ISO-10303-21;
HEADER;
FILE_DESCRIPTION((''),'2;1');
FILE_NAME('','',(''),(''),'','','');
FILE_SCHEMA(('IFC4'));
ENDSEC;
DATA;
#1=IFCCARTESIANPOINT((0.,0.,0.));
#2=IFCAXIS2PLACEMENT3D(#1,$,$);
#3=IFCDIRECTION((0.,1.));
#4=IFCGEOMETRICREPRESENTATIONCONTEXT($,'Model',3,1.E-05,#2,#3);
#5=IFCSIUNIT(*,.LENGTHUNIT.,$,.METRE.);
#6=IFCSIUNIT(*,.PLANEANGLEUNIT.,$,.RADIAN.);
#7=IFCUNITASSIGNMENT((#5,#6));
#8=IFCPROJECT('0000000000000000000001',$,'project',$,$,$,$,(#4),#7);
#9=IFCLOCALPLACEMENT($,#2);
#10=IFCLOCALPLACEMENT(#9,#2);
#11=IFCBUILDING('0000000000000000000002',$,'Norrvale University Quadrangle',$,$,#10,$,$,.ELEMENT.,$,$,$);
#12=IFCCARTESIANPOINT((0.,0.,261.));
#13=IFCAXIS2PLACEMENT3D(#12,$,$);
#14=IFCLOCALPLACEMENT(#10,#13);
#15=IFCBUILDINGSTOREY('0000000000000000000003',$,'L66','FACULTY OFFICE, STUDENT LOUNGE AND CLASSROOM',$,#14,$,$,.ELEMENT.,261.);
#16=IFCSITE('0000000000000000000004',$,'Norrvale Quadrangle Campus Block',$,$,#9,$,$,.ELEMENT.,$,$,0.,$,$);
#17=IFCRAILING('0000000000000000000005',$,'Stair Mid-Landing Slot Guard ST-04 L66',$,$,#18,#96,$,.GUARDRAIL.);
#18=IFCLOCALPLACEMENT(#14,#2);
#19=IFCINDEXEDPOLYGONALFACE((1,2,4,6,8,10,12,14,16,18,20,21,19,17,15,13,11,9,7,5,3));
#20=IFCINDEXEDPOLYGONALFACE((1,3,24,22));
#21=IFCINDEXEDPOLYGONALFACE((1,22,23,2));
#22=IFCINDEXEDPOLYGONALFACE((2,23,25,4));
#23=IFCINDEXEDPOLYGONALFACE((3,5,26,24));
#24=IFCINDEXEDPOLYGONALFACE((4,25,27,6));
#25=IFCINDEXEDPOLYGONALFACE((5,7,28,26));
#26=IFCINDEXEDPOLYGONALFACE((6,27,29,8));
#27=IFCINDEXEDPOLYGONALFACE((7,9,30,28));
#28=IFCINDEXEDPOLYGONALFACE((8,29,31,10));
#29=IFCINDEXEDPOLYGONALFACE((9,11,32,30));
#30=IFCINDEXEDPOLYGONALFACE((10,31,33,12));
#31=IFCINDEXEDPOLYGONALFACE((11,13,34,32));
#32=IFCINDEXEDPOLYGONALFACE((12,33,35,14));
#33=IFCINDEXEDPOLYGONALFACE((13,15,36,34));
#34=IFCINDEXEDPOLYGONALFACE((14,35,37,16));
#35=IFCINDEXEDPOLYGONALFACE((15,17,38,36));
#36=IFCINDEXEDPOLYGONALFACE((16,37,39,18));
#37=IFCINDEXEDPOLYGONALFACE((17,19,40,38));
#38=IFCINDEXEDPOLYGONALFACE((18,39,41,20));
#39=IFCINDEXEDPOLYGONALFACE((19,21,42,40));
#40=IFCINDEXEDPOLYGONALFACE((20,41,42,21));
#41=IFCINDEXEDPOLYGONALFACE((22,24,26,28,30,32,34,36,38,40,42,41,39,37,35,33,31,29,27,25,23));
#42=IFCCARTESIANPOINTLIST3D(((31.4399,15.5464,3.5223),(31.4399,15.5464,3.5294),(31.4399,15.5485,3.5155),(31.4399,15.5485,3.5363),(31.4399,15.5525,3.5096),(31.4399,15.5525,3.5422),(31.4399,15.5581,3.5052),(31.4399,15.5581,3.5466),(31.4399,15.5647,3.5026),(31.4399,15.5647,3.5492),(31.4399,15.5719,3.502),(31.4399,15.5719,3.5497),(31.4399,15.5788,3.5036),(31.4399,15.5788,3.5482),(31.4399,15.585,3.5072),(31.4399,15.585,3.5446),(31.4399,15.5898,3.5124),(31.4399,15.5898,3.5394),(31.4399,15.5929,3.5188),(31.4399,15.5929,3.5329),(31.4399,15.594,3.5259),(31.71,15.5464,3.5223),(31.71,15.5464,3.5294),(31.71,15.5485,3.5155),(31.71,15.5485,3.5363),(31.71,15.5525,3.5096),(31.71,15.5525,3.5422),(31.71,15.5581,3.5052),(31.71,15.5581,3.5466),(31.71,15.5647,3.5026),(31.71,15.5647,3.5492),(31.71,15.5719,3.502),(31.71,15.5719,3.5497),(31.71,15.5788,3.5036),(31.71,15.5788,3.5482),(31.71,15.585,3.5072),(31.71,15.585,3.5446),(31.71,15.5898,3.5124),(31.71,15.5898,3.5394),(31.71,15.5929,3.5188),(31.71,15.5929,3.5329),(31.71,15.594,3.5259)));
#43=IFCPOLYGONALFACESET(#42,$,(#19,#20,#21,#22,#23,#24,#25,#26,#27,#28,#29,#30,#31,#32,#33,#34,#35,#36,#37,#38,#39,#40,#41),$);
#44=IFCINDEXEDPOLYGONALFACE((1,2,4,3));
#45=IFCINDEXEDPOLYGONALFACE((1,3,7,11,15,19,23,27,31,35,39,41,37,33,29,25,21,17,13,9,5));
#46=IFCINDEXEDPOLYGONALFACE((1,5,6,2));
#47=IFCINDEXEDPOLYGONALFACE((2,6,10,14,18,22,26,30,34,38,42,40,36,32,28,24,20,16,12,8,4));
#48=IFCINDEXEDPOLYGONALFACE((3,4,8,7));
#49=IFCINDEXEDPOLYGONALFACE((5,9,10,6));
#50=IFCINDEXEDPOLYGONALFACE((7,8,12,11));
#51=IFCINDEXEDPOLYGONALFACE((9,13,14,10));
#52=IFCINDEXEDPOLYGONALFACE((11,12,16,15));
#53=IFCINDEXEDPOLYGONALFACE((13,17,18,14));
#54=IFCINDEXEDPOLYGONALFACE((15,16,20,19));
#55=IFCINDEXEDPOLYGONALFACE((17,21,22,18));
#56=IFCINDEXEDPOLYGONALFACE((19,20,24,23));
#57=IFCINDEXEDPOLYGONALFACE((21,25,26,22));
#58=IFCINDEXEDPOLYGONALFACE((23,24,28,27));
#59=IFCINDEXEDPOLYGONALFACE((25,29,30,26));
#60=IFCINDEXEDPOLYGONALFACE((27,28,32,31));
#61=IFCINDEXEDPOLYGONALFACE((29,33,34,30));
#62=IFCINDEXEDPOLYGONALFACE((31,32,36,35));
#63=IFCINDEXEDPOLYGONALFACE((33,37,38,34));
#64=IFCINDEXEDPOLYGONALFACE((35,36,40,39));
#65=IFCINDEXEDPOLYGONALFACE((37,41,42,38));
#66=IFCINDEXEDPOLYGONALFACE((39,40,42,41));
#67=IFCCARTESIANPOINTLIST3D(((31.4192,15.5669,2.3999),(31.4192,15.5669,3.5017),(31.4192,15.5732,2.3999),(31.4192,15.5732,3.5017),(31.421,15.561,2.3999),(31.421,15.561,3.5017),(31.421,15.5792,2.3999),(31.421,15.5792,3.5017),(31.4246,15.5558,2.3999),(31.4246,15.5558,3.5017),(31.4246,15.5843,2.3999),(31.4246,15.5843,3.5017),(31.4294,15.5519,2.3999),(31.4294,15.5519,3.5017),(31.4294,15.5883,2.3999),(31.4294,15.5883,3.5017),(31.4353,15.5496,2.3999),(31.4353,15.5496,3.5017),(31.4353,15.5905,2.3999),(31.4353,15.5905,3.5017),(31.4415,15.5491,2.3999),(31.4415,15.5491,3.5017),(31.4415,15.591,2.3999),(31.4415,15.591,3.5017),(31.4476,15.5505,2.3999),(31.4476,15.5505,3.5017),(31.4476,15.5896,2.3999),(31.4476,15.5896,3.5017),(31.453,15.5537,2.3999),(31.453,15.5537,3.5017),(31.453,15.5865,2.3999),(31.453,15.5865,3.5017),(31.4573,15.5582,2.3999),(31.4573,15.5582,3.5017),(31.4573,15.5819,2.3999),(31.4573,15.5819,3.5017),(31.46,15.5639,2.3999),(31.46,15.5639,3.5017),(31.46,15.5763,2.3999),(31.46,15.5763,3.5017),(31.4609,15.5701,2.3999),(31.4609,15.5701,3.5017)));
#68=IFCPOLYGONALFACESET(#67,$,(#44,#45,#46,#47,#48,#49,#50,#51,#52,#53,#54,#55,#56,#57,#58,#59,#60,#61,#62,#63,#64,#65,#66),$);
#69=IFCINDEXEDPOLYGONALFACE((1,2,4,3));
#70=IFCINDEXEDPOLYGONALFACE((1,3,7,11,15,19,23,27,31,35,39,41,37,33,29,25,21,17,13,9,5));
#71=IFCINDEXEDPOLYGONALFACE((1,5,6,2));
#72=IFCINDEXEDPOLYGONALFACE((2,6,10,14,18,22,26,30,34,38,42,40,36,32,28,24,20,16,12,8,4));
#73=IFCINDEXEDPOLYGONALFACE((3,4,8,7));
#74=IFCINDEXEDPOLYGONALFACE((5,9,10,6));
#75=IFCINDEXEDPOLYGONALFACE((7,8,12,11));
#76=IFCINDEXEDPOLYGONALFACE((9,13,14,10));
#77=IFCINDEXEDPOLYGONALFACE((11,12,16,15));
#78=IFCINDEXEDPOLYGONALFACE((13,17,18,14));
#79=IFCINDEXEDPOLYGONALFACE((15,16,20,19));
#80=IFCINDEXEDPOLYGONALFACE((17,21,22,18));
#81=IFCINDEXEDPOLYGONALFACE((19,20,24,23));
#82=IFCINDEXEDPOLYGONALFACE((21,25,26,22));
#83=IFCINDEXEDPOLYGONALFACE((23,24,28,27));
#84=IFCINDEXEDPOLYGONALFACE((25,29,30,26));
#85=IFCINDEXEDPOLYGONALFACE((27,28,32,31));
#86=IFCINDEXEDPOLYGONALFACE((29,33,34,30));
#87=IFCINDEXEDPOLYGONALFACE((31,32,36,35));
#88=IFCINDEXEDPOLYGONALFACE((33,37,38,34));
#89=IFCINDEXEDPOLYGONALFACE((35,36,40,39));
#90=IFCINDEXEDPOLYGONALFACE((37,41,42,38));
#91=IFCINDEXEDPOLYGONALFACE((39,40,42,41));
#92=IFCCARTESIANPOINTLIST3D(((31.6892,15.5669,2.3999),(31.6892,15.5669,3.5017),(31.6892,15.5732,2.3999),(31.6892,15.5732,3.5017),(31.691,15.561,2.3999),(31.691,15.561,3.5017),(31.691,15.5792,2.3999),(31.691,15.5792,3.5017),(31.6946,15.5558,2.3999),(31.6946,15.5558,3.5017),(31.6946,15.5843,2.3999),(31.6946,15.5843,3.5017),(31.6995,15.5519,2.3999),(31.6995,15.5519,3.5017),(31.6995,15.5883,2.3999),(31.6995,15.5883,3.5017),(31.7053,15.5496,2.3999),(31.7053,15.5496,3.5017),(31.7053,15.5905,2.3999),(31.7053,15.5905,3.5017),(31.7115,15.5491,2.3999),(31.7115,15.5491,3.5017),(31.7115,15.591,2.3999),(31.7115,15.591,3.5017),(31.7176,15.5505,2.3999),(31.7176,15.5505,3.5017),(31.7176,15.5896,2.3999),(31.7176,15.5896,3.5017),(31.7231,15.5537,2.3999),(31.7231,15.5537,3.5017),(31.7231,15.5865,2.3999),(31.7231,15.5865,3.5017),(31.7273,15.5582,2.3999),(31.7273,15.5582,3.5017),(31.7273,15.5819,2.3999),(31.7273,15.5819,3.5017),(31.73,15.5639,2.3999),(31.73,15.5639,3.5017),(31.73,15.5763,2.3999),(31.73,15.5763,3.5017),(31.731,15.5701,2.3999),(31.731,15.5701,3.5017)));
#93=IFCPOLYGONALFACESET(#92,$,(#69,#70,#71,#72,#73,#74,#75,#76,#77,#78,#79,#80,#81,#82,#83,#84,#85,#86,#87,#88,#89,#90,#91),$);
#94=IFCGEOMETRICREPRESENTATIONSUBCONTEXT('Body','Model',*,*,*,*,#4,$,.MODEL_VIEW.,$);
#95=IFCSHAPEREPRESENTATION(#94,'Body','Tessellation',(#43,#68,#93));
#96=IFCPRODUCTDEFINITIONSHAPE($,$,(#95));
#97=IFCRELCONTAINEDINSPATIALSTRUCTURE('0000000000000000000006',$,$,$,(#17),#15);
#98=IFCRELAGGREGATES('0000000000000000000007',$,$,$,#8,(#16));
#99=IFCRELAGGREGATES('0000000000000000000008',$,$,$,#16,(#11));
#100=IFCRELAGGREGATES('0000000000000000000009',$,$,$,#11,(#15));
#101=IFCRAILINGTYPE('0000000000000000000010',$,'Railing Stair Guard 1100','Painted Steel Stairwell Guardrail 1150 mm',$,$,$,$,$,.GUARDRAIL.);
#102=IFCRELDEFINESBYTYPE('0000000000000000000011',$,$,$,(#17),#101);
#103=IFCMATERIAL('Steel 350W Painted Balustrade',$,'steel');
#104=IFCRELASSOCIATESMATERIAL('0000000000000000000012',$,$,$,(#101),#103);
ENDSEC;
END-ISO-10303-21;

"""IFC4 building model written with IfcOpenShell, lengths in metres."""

from ifc_helpers import new_model, si_unit, direction, frame, origin, origin_2d, place, context, subcontext, project, spatial, circle, extrude, material, type_object, element, save


model = new_model("IFC4")

# Units and contexts
model_context = context("Model", 3, precision=1e-05, world=origin(), true_north=direction((0.0, 1.0)))
body_context = subcontext(model_context, "Body", "Model", "MODEL_VIEW")
ifc_project = project(units=[si_unit("LENGTHUNIT", "METRE"), si_unit("PLANEANGLEUNIT", "RADIAN")], contexts=[model_context])

# Site, building, storey
site_placement = place(None, origin())
site = spatial("IfcSite", under=ifc_project, at=site_placement, Name="Norrvale Quadrangle Campus Block", CompositionType="ELEMENT", RefElevation=0.0)
building_placement = place(site_placement, origin())
building = spatial("IfcBuilding", under=site, at=building_placement, Name="Norrvale University Quadrangle", CompositionType="ELEMENT")
storey_placement = place(building_placement, frame((0.0, 0.0, 261.0)))
storey = spatial("IfcBuildingStorey", under=building, at=storey_placement, Name="L66", Description="FACULTY OFFICE, STUDENT LOUNGE AND CLASSROOM", CompositionType="ELEMENT", Elevation=261.0)

# Railing
ifc_material_1 = material(Name="Steel 350W Painted Balustrade", Category="steel")
railing_type_1 = type_object("IfcRailingType", Name="Railing Stair Guard 1100", Description="Painted Steel Stairwell Guardrail 1150 mm", PredefinedType="GUARDRAIL", material=ifc_material_1)
for number, where, name in (
    (1, (31.4399, 15.5701, 2.3999), "Stair Mid-Landing Slot Guard ST-04 L66"),
):
    element("IfcRailing", number, at=place(storey_placement, frame(where)), inside=storey, type_object=railing_type_1, Name=name, PredefinedType="GUARDRAIL", context=body_context, shape_type="SweptSolid", body=[
        extrude(circle(Radius=0.0239, at=origin_2d()), frame((0.0, 0.0, 1.126), z_axis=(1.0, 0.0, 0.0), x_axis=(0.0, 1.0, 0.0)), (0.0, 0.0, 1.0), 0.27),
        extrude(circle(Radius=0.021, at=origin_2d()), origin(), (0.0, 0.0, 1.0), 1.1018),
        extrude(circle(Radius=0.021, at=origin_2d()), frame((0.27, 0.0, 0.0)), (0.0, 0.0, 1.0), 1.1018),
    ])

save(model, "model.ifc")
